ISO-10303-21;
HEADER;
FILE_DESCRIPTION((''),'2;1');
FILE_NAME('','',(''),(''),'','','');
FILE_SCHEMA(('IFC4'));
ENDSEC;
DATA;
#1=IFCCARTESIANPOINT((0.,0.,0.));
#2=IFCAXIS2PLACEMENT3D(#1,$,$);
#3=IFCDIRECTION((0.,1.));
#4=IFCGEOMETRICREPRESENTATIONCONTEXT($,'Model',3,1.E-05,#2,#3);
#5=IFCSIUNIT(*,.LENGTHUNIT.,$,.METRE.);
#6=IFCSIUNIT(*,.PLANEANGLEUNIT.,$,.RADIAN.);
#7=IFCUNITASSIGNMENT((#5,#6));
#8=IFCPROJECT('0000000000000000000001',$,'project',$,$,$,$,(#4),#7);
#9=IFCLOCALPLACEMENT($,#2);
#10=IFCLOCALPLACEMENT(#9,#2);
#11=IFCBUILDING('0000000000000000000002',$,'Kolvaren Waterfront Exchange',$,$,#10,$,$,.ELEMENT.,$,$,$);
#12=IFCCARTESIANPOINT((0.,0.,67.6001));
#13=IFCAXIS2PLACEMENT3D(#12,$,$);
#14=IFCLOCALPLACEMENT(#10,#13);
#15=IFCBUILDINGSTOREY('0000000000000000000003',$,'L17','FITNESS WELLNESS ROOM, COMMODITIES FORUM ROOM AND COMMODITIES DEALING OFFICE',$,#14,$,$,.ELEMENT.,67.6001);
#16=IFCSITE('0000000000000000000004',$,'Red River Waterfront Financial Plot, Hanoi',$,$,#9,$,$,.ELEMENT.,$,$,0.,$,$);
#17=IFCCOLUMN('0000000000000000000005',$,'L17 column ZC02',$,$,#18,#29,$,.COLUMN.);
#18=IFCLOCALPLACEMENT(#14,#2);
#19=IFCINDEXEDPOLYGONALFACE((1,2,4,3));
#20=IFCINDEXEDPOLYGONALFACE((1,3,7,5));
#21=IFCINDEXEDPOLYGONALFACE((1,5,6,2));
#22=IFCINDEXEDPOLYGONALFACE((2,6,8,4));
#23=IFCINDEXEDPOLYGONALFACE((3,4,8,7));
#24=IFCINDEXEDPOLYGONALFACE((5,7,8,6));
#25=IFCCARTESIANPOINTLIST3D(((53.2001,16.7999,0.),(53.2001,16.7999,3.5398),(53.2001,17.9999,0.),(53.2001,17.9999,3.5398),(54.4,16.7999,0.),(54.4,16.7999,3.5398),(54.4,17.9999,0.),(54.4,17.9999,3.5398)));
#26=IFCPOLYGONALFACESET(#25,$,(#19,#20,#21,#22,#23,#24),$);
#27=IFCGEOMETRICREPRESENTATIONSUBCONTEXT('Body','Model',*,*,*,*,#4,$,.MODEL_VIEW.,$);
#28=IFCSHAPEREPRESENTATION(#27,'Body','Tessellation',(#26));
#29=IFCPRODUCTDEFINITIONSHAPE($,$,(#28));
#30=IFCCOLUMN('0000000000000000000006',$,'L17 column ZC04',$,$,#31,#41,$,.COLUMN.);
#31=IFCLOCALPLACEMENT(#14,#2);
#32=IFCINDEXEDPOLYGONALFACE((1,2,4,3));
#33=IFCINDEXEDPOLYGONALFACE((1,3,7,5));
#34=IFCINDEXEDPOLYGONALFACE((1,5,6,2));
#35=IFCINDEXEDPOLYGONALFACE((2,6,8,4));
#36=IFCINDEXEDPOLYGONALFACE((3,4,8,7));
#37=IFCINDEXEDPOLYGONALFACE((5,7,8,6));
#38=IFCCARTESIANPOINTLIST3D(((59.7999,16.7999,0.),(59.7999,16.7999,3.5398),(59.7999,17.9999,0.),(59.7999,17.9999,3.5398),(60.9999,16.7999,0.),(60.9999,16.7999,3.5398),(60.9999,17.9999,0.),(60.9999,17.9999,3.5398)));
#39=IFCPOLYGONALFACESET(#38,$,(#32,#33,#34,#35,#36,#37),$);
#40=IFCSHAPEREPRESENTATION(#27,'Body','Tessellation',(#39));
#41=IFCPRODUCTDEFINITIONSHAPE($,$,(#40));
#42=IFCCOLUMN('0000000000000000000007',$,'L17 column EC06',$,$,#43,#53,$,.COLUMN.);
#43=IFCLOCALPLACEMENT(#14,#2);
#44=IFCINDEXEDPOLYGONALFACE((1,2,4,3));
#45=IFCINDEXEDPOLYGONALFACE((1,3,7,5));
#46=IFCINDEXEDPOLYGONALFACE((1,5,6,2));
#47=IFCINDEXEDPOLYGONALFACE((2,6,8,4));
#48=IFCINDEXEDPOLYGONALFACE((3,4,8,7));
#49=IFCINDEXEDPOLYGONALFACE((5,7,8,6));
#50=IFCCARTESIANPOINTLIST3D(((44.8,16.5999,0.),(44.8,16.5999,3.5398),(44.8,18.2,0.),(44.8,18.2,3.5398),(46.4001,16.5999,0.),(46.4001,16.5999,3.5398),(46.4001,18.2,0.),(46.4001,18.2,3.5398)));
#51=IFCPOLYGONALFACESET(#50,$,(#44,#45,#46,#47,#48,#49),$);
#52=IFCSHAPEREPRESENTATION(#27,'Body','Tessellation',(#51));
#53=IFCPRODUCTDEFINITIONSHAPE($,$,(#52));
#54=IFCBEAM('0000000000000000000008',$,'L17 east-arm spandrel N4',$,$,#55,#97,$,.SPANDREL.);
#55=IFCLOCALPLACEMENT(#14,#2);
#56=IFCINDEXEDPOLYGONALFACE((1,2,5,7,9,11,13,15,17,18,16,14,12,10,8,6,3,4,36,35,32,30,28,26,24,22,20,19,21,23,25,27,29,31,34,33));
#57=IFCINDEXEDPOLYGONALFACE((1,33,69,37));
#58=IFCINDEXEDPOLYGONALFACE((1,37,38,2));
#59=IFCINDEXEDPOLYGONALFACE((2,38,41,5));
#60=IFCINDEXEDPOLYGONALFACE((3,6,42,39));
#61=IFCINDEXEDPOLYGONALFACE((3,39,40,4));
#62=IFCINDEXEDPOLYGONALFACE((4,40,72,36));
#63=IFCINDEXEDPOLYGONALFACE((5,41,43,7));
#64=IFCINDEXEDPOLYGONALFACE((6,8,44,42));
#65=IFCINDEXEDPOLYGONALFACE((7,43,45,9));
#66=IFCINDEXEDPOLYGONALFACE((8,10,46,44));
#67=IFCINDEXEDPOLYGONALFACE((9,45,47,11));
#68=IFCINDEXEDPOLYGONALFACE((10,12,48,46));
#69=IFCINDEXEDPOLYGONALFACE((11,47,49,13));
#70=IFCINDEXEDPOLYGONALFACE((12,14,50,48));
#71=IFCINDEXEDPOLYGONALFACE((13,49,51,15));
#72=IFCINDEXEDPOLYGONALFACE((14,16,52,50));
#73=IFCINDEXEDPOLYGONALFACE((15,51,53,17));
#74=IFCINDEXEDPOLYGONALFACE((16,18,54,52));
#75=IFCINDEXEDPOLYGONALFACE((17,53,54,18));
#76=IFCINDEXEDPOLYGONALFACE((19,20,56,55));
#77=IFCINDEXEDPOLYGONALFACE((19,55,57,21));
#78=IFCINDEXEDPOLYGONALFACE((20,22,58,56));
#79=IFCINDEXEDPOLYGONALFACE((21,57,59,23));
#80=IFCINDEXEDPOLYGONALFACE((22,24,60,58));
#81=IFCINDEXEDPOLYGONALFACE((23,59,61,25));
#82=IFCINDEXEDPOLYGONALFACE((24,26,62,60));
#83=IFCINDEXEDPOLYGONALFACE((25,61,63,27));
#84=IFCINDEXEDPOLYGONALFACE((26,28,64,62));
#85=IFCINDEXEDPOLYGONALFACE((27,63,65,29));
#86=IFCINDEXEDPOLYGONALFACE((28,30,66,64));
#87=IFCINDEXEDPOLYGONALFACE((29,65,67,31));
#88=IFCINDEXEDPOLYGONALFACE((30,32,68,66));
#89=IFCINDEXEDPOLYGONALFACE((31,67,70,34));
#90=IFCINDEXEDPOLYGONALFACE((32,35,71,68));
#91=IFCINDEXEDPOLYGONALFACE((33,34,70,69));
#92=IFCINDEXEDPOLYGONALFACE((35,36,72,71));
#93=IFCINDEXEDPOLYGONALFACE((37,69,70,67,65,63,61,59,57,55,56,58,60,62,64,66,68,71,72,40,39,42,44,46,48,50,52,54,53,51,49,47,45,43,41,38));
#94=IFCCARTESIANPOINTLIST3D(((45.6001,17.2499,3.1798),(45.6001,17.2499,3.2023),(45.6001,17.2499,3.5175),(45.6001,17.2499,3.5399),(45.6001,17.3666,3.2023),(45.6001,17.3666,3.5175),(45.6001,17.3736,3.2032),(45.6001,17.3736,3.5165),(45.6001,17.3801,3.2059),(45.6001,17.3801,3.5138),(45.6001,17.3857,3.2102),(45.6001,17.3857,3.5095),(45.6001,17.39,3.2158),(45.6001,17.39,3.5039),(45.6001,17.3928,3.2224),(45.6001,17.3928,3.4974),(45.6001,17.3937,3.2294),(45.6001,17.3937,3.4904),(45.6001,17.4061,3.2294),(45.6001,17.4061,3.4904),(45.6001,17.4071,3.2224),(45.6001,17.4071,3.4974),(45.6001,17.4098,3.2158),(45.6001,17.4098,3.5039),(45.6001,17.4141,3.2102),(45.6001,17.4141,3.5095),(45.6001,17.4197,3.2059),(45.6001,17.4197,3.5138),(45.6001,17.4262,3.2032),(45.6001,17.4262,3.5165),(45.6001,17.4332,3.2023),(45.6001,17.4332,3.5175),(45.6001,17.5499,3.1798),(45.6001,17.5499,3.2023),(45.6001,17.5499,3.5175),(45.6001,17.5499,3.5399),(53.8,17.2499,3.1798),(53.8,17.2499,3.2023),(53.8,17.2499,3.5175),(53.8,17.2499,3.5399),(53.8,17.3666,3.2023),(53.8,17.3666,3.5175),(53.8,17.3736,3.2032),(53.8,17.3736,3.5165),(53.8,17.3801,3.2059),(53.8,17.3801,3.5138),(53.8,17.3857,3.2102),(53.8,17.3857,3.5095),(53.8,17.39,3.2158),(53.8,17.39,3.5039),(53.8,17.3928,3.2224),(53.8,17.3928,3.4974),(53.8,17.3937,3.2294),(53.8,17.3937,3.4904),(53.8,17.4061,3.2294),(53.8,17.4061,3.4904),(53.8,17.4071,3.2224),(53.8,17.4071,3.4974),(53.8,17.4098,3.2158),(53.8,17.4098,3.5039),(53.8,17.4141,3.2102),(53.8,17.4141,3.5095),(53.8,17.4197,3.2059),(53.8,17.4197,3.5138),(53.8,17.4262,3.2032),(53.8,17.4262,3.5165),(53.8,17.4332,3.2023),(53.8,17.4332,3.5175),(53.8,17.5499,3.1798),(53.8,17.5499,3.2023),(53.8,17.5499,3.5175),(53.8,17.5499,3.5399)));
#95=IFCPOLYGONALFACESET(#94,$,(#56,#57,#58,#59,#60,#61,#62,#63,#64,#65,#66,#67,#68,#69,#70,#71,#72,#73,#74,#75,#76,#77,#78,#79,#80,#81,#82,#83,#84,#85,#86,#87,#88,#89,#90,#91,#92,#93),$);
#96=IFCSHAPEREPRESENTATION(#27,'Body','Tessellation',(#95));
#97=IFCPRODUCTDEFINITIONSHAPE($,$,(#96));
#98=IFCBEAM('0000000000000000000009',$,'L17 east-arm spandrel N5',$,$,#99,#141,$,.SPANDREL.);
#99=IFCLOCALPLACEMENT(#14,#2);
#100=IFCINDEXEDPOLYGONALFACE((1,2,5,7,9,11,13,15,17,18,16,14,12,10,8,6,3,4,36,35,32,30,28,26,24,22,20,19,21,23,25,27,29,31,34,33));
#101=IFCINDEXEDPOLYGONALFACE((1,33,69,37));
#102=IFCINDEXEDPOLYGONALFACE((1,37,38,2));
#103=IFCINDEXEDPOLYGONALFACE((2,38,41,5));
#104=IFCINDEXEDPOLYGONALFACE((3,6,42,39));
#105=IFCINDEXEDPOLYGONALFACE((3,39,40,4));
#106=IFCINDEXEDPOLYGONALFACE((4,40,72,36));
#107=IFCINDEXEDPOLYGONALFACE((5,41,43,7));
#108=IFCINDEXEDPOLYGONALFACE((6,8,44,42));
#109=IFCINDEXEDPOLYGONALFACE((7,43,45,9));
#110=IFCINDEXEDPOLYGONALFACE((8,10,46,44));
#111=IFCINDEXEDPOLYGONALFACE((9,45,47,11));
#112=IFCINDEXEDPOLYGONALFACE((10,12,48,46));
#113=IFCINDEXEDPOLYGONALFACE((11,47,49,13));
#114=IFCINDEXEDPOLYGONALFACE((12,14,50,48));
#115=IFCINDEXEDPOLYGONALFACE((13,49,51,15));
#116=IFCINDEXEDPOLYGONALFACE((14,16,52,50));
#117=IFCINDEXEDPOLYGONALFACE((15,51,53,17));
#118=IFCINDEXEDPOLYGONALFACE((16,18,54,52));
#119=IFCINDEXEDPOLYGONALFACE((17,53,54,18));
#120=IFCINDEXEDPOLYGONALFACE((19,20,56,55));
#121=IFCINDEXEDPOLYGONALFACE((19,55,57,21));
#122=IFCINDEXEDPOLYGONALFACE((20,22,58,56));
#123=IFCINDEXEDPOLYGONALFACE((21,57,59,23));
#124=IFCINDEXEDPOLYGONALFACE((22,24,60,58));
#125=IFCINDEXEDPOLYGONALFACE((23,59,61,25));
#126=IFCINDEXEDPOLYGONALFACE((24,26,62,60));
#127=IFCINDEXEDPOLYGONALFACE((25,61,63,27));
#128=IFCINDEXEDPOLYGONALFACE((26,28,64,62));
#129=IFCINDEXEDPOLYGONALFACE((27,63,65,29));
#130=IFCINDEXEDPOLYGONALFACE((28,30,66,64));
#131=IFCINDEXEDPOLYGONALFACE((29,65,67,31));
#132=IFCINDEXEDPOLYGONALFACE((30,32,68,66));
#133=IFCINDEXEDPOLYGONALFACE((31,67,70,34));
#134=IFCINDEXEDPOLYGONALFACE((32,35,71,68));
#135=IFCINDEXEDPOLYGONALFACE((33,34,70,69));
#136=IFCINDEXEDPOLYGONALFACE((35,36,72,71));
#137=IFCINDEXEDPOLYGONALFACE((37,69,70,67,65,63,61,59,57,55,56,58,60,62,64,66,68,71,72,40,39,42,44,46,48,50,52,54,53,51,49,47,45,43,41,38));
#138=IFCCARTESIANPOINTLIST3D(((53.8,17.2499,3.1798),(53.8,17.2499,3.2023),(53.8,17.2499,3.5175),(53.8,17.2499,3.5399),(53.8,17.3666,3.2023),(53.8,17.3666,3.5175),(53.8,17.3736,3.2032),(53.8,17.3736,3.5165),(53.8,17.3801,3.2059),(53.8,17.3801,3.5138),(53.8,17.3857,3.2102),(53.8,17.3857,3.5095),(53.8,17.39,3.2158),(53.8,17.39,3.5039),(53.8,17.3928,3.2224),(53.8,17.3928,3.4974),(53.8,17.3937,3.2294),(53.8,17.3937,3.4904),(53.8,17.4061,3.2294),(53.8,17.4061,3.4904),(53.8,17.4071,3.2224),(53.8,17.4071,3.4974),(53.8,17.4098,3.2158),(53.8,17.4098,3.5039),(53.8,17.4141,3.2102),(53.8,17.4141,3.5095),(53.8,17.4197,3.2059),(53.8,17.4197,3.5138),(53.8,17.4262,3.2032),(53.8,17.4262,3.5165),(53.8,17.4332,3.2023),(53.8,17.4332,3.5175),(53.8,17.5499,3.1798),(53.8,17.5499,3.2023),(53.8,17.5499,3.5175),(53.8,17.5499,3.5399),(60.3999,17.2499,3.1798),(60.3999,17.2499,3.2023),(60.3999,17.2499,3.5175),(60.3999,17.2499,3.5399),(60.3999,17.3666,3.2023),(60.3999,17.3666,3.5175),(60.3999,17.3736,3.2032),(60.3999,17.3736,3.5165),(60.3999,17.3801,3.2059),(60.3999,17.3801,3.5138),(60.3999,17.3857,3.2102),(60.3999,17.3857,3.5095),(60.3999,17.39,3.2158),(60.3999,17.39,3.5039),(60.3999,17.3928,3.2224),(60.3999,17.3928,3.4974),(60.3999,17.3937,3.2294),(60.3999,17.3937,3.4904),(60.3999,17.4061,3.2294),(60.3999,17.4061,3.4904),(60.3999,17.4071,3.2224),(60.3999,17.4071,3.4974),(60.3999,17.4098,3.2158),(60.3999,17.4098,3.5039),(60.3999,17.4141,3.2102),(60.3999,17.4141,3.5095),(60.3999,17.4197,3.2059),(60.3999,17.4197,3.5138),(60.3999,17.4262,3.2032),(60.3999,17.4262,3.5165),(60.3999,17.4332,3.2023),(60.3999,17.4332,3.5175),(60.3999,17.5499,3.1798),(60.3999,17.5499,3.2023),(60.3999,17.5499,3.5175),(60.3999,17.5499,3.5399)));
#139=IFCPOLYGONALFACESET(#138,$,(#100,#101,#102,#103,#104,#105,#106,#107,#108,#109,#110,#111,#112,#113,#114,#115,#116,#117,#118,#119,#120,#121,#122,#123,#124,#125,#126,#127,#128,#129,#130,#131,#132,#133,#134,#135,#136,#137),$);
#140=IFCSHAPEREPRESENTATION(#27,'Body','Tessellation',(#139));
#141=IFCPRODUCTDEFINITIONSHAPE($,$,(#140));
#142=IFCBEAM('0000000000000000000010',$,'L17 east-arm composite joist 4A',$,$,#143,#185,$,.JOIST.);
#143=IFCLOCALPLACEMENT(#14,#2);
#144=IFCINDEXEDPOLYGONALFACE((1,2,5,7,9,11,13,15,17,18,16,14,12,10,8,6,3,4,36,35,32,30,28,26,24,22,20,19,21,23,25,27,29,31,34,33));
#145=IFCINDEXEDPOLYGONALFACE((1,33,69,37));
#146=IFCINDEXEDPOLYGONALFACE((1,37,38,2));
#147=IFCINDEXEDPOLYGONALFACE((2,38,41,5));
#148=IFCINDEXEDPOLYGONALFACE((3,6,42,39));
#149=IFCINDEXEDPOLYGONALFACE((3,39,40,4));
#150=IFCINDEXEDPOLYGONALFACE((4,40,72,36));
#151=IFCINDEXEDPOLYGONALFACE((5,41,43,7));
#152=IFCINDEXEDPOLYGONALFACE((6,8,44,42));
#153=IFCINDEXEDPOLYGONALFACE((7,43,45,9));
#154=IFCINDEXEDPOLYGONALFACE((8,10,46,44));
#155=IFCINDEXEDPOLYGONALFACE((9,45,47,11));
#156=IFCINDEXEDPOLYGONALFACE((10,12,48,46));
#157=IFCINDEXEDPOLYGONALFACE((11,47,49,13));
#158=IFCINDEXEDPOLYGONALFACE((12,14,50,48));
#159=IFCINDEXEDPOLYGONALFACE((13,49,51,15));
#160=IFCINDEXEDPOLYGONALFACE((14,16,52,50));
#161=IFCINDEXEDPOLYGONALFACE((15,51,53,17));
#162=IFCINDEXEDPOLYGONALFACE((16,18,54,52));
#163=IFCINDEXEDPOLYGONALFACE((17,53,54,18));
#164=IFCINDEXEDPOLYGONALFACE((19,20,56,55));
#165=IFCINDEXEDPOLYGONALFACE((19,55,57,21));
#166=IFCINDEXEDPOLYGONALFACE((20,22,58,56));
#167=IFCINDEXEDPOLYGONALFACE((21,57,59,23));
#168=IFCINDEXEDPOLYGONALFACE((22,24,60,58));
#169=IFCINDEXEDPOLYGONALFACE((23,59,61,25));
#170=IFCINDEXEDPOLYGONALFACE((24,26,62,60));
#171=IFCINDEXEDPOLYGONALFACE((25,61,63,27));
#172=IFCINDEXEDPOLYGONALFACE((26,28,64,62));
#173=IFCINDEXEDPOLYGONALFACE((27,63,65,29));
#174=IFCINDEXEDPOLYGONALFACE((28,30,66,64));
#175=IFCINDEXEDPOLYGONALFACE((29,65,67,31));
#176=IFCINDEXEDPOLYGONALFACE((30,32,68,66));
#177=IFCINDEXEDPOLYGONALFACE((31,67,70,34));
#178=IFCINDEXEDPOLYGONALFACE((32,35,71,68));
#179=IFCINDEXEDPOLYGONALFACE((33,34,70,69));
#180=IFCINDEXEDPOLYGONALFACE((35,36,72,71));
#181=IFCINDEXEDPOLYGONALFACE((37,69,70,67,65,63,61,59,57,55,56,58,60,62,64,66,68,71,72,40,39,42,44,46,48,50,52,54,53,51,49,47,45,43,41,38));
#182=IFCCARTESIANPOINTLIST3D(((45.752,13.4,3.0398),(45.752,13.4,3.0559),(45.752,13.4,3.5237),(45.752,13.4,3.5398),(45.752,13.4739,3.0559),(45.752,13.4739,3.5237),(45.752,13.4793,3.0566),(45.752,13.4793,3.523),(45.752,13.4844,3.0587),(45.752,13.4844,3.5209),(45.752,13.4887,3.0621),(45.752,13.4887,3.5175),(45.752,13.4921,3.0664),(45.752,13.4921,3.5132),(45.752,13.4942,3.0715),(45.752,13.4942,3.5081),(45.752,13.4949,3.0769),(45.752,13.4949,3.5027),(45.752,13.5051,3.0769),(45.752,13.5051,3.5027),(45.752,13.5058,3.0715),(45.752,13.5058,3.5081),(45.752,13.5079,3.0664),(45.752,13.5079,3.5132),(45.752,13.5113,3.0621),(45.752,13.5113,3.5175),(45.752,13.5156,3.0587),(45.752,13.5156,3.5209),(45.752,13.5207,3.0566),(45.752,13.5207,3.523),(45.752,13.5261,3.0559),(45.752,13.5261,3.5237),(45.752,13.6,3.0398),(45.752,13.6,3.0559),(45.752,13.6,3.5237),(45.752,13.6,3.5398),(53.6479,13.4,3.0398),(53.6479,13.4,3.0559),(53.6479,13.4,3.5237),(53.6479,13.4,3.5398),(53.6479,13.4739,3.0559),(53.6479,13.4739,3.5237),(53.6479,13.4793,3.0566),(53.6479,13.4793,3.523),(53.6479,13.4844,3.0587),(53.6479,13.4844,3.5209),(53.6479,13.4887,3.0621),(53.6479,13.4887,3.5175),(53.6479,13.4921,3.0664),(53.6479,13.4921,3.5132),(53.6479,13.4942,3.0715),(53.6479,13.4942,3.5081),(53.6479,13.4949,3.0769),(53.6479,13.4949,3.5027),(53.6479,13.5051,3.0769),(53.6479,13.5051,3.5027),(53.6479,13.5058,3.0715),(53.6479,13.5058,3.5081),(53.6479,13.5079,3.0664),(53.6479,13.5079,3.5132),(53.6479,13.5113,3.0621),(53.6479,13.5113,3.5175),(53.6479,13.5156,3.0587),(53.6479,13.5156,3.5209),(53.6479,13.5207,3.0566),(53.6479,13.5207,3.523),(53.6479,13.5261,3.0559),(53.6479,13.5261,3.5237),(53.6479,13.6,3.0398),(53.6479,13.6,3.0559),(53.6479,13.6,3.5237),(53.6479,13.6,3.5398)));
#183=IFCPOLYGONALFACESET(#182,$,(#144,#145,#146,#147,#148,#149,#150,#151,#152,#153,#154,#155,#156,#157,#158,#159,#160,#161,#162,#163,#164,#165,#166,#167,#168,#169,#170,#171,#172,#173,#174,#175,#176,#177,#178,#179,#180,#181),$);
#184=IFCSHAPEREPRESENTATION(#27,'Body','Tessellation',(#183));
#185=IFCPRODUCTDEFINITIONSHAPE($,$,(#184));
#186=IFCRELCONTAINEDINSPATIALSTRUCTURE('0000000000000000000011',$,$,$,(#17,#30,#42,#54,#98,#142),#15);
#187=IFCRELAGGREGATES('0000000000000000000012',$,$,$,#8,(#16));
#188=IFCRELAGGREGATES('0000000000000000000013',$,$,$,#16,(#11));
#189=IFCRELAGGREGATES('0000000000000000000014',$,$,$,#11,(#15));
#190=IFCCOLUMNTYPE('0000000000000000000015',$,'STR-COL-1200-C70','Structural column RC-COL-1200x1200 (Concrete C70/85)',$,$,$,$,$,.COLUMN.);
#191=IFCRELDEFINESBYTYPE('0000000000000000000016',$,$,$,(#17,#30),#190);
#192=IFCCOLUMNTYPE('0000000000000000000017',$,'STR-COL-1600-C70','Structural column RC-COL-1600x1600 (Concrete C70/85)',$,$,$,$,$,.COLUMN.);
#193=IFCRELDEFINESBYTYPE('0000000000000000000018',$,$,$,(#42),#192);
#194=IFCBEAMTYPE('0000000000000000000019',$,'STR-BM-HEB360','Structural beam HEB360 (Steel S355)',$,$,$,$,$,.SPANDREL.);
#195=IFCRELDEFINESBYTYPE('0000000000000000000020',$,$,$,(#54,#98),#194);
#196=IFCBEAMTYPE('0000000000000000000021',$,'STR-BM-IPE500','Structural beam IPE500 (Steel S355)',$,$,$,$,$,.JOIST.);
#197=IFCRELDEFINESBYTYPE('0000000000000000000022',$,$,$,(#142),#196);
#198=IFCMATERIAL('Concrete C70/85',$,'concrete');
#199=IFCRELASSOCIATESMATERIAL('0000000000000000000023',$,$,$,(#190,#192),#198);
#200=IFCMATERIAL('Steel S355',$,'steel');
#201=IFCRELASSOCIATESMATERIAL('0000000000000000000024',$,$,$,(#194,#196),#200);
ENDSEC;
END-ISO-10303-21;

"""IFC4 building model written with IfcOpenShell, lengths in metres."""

from ifc_helpers import new_model, si_unit, direction, frame, origin, origin_2d, place, context, subcontext, project, spatial, rectangle, i_section, extrude, material, material_profile, profile_set, type_object, element, save


model = new_model("IFC4")

# Units and contexts
model_context = context("Model", 3, precision=1e-05, world=origin(), true_north=direction((0.0, 1.0)))
body_context = subcontext(model_context, "Body", "Model", "MODEL_VIEW")
ifc_project = project(units=[si_unit("LENGTHUNIT", "METRE"), si_unit("PLANEANGLEUNIT", "RADIAN")], contexts=[model_context])

# Site, building, storey
site_placement = place(None, origin())
site = spatial("IfcSite", under=ifc_project, at=site_placement, Name="Red River Waterfront Financial Plot, Hanoi", CompositionType="ELEMENT", RefElevation=0.0)
building_placement = place(site_placement, origin())
building = spatial("IfcBuilding", under=site, at=building_placement, Name="Kolvaren Waterfront Exchange", CompositionType="ELEMENT")
storey_placement = place(building_placement, frame((0.0, 0.0, 67.6001)))
storey = spatial("IfcBuildingStorey", under=building, at=storey_placement, Name="L17", Description="FITNESS WELLNESS ROOM, COMMODITIES FORUM ROOM AND COMMODITIES DEALING OFFICE", CompositionType="ELEMENT", Elevation=67.6001)

# Columns
ifc_material_1 = material(Name="Concrete C70/85", Category="concrete")
ifc_material_profile_1 = material_profile(ifc_material_1, rectangle(XDim=1.2, YDim=1.2, at=origin_2d()), Name="RC-COL-1200x1200")
ifc_profile_set_1 = profile_set([ifc_material_profile_1], Name="Concrete C70/85")
column_type_1 = type_object("IfcColumnType", Name="STR-COL-1200-C70", Description="Structural column RC-COL-1200x1200 (Concrete C70/85)", PredefinedType="COLUMN", material=ifc_profile_set_1)
for number, where, z_axis, x_axis, name in (
    (1, (53.8, 17.3999, 0.0), (0.0, 0.0, 1.0), (1.0, 0.0, 0.0), "L17 column ZC02"),
    (2, (60.3999, 17.3999, 0.0), (0.0, 0.0, 1.0), (1.0, 0.0, 0.0), "L17 column ZC04"),
):
    element("IfcColumn", number, at=place(storey_placement, frame(where, z_axis=z_axis, x_axis=x_axis)), inside=storey, type_object=column_type_1, Name=name, PredefinedType="COLUMN", context=body_context, shape_type="SweptSolid", body=[
        extrude(rectangle(XDim=1.2, YDim=1.2, at=origin_2d()), origin(), (0.0, 0.0, 1.0), 3.5398),
    ])
ifc_material_profile_2 = material_profile(ifc_material_1, rectangle(XDim=1.6001, YDim=1.6001, at=origin_2d()), Name="RC-COL-1600x1600")
ifc_profile_set_2 = profile_set([ifc_material_profile_2], Name="Concrete C70/85")
column_type_2 = type_object("IfcColumnType", Name="STR-COL-1600-C70", Description="Structural column RC-COL-1600x1600 (Concrete C70/85)", PredefinedType="COLUMN", material=ifc_profile_set_2)
column_placement = place(storey_placement, frame((45.6001, 17.3999, 0.0), z_axis=(0.0, 0.0, 1.0), x_axis=(1.0, 0.0, 0.0)))
element("IfcColumn", 3, at=column_placement, inside=storey, type_object=column_type_2, Name="L17 column EC06", PredefinedType="COLUMN", context=body_context, shape_type="SweptSolid", body=[
    extrude(rectangle(XDim=1.6001, YDim=1.6001, at=origin_2d()), origin(), (0.0, 0.0, 1.0), 3.5398),
])

# Beams
ifc_material_2 = material(Name="Steel S355", Category="steel")
ifc_material_profile_3 = material_profile(ifc_material_2, i_section(OverallWidth=0.3, OverallDepth=0.3601, WebThickness=0.0125, FlangeThickness=0.0225, FilletRadius=0.0271, at=origin_2d()), Name="HEB360")
ifc_profile_set_3 = profile_set([ifc_material_profile_3], Name="Steel S355")
beam_type_1 = type_object("IfcBeamType", Name="STR-BM-HEB360", Description="Structural beam HEB360 (Steel S355)", PredefinedType="SPANDREL", material=ifc_profile_set_3)
beam_1_placement = place(storey_placement, frame((45.6001, 17.3999, 3.3599), z_axis=(1.0, 0.0, 0.0), x_axis=(0.0, 1.0, 0.0)))
element("IfcBeam", 4, at=beam_1_placement, inside=storey, type_object=beam_type_1, Name="L17 east-arm spandrel N4", PredefinedType="SPANDREL", context=body_context, shape_type="SweptSolid", body=[
    extrude(i_section(OverallWidth=0.3, OverallDepth=0.3601, WebThickness=0.0125, FlangeThickness=0.0225, FilletRadius=0.0271, at=origin_2d()), origin(), (0.0, 0.0, 1.0), 8.2),
])
beam_2_placement = place(storey_placement, frame((53.8, 17.3999, 3.3599), z_axis=(1.0, 0.0, 0.0), x_axis=(0.0, 1.0, 0.0)))
element("IfcBeam", 5, at=beam_2_placement, inside=storey, type_object=beam_type_1, Name="L17 east-arm spandrel N5", PredefinedType="SPANDREL", context=body_context, shape_type="SweptSolid", body=[
    extrude(i_section(OverallWidth=0.3, OverallDepth=0.3601, WebThickness=0.0125, FlangeThickness=0.0225, FilletRadius=0.0271, at=origin_2d()), origin(), (0.0, 0.0, 1.0), 6.5999),
])
ifc_material_profile_4 = material_profile(ifc_material_2, i_section(OverallWidth=0.2, OverallDepth=0.5, WebThickness=0.0103, FlangeThickness=0.0161, FilletRadius=0.021, at=origin_2d()), Name="IPE500")
ifc_profile_set_4 = profile_set([ifc_material_profile_4], Name="Steel S355")
beam_type_2 = type_object("IfcBeamType", Name="STR-BM-IPE500", Description="Structural beam IPE500 (Steel S355)", PredefinedType="JOIST", material=ifc_profile_set_4)
for number, where, z_axis, x_axis, name in (
    (6, (45.752, 13.5, 3.2898), (1.0, 0.0, 0.0), (0.0, 1.0, 0.0), "L17 east-arm composite joist 4A"),
):
    element("IfcBeam", number, at=place(storey_placement, frame(where, z_axis=z_axis, x_axis=x_axis)), inside=storey, type_object=beam_type_2, Name=name, PredefinedType="JOIST", context=body_context, shape_type="SweptSolid", body=[
        extrude(i_section(OverallWidth=0.2, OverallDepth=0.5, WebThickness=0.0103, FlangeThickness=0.0161, FilletRadius=0.021, at=origin_2d()), origin(), (0.0, 0.0, 1.0), 7.896),
    ])

save(model, "model.ifc")
